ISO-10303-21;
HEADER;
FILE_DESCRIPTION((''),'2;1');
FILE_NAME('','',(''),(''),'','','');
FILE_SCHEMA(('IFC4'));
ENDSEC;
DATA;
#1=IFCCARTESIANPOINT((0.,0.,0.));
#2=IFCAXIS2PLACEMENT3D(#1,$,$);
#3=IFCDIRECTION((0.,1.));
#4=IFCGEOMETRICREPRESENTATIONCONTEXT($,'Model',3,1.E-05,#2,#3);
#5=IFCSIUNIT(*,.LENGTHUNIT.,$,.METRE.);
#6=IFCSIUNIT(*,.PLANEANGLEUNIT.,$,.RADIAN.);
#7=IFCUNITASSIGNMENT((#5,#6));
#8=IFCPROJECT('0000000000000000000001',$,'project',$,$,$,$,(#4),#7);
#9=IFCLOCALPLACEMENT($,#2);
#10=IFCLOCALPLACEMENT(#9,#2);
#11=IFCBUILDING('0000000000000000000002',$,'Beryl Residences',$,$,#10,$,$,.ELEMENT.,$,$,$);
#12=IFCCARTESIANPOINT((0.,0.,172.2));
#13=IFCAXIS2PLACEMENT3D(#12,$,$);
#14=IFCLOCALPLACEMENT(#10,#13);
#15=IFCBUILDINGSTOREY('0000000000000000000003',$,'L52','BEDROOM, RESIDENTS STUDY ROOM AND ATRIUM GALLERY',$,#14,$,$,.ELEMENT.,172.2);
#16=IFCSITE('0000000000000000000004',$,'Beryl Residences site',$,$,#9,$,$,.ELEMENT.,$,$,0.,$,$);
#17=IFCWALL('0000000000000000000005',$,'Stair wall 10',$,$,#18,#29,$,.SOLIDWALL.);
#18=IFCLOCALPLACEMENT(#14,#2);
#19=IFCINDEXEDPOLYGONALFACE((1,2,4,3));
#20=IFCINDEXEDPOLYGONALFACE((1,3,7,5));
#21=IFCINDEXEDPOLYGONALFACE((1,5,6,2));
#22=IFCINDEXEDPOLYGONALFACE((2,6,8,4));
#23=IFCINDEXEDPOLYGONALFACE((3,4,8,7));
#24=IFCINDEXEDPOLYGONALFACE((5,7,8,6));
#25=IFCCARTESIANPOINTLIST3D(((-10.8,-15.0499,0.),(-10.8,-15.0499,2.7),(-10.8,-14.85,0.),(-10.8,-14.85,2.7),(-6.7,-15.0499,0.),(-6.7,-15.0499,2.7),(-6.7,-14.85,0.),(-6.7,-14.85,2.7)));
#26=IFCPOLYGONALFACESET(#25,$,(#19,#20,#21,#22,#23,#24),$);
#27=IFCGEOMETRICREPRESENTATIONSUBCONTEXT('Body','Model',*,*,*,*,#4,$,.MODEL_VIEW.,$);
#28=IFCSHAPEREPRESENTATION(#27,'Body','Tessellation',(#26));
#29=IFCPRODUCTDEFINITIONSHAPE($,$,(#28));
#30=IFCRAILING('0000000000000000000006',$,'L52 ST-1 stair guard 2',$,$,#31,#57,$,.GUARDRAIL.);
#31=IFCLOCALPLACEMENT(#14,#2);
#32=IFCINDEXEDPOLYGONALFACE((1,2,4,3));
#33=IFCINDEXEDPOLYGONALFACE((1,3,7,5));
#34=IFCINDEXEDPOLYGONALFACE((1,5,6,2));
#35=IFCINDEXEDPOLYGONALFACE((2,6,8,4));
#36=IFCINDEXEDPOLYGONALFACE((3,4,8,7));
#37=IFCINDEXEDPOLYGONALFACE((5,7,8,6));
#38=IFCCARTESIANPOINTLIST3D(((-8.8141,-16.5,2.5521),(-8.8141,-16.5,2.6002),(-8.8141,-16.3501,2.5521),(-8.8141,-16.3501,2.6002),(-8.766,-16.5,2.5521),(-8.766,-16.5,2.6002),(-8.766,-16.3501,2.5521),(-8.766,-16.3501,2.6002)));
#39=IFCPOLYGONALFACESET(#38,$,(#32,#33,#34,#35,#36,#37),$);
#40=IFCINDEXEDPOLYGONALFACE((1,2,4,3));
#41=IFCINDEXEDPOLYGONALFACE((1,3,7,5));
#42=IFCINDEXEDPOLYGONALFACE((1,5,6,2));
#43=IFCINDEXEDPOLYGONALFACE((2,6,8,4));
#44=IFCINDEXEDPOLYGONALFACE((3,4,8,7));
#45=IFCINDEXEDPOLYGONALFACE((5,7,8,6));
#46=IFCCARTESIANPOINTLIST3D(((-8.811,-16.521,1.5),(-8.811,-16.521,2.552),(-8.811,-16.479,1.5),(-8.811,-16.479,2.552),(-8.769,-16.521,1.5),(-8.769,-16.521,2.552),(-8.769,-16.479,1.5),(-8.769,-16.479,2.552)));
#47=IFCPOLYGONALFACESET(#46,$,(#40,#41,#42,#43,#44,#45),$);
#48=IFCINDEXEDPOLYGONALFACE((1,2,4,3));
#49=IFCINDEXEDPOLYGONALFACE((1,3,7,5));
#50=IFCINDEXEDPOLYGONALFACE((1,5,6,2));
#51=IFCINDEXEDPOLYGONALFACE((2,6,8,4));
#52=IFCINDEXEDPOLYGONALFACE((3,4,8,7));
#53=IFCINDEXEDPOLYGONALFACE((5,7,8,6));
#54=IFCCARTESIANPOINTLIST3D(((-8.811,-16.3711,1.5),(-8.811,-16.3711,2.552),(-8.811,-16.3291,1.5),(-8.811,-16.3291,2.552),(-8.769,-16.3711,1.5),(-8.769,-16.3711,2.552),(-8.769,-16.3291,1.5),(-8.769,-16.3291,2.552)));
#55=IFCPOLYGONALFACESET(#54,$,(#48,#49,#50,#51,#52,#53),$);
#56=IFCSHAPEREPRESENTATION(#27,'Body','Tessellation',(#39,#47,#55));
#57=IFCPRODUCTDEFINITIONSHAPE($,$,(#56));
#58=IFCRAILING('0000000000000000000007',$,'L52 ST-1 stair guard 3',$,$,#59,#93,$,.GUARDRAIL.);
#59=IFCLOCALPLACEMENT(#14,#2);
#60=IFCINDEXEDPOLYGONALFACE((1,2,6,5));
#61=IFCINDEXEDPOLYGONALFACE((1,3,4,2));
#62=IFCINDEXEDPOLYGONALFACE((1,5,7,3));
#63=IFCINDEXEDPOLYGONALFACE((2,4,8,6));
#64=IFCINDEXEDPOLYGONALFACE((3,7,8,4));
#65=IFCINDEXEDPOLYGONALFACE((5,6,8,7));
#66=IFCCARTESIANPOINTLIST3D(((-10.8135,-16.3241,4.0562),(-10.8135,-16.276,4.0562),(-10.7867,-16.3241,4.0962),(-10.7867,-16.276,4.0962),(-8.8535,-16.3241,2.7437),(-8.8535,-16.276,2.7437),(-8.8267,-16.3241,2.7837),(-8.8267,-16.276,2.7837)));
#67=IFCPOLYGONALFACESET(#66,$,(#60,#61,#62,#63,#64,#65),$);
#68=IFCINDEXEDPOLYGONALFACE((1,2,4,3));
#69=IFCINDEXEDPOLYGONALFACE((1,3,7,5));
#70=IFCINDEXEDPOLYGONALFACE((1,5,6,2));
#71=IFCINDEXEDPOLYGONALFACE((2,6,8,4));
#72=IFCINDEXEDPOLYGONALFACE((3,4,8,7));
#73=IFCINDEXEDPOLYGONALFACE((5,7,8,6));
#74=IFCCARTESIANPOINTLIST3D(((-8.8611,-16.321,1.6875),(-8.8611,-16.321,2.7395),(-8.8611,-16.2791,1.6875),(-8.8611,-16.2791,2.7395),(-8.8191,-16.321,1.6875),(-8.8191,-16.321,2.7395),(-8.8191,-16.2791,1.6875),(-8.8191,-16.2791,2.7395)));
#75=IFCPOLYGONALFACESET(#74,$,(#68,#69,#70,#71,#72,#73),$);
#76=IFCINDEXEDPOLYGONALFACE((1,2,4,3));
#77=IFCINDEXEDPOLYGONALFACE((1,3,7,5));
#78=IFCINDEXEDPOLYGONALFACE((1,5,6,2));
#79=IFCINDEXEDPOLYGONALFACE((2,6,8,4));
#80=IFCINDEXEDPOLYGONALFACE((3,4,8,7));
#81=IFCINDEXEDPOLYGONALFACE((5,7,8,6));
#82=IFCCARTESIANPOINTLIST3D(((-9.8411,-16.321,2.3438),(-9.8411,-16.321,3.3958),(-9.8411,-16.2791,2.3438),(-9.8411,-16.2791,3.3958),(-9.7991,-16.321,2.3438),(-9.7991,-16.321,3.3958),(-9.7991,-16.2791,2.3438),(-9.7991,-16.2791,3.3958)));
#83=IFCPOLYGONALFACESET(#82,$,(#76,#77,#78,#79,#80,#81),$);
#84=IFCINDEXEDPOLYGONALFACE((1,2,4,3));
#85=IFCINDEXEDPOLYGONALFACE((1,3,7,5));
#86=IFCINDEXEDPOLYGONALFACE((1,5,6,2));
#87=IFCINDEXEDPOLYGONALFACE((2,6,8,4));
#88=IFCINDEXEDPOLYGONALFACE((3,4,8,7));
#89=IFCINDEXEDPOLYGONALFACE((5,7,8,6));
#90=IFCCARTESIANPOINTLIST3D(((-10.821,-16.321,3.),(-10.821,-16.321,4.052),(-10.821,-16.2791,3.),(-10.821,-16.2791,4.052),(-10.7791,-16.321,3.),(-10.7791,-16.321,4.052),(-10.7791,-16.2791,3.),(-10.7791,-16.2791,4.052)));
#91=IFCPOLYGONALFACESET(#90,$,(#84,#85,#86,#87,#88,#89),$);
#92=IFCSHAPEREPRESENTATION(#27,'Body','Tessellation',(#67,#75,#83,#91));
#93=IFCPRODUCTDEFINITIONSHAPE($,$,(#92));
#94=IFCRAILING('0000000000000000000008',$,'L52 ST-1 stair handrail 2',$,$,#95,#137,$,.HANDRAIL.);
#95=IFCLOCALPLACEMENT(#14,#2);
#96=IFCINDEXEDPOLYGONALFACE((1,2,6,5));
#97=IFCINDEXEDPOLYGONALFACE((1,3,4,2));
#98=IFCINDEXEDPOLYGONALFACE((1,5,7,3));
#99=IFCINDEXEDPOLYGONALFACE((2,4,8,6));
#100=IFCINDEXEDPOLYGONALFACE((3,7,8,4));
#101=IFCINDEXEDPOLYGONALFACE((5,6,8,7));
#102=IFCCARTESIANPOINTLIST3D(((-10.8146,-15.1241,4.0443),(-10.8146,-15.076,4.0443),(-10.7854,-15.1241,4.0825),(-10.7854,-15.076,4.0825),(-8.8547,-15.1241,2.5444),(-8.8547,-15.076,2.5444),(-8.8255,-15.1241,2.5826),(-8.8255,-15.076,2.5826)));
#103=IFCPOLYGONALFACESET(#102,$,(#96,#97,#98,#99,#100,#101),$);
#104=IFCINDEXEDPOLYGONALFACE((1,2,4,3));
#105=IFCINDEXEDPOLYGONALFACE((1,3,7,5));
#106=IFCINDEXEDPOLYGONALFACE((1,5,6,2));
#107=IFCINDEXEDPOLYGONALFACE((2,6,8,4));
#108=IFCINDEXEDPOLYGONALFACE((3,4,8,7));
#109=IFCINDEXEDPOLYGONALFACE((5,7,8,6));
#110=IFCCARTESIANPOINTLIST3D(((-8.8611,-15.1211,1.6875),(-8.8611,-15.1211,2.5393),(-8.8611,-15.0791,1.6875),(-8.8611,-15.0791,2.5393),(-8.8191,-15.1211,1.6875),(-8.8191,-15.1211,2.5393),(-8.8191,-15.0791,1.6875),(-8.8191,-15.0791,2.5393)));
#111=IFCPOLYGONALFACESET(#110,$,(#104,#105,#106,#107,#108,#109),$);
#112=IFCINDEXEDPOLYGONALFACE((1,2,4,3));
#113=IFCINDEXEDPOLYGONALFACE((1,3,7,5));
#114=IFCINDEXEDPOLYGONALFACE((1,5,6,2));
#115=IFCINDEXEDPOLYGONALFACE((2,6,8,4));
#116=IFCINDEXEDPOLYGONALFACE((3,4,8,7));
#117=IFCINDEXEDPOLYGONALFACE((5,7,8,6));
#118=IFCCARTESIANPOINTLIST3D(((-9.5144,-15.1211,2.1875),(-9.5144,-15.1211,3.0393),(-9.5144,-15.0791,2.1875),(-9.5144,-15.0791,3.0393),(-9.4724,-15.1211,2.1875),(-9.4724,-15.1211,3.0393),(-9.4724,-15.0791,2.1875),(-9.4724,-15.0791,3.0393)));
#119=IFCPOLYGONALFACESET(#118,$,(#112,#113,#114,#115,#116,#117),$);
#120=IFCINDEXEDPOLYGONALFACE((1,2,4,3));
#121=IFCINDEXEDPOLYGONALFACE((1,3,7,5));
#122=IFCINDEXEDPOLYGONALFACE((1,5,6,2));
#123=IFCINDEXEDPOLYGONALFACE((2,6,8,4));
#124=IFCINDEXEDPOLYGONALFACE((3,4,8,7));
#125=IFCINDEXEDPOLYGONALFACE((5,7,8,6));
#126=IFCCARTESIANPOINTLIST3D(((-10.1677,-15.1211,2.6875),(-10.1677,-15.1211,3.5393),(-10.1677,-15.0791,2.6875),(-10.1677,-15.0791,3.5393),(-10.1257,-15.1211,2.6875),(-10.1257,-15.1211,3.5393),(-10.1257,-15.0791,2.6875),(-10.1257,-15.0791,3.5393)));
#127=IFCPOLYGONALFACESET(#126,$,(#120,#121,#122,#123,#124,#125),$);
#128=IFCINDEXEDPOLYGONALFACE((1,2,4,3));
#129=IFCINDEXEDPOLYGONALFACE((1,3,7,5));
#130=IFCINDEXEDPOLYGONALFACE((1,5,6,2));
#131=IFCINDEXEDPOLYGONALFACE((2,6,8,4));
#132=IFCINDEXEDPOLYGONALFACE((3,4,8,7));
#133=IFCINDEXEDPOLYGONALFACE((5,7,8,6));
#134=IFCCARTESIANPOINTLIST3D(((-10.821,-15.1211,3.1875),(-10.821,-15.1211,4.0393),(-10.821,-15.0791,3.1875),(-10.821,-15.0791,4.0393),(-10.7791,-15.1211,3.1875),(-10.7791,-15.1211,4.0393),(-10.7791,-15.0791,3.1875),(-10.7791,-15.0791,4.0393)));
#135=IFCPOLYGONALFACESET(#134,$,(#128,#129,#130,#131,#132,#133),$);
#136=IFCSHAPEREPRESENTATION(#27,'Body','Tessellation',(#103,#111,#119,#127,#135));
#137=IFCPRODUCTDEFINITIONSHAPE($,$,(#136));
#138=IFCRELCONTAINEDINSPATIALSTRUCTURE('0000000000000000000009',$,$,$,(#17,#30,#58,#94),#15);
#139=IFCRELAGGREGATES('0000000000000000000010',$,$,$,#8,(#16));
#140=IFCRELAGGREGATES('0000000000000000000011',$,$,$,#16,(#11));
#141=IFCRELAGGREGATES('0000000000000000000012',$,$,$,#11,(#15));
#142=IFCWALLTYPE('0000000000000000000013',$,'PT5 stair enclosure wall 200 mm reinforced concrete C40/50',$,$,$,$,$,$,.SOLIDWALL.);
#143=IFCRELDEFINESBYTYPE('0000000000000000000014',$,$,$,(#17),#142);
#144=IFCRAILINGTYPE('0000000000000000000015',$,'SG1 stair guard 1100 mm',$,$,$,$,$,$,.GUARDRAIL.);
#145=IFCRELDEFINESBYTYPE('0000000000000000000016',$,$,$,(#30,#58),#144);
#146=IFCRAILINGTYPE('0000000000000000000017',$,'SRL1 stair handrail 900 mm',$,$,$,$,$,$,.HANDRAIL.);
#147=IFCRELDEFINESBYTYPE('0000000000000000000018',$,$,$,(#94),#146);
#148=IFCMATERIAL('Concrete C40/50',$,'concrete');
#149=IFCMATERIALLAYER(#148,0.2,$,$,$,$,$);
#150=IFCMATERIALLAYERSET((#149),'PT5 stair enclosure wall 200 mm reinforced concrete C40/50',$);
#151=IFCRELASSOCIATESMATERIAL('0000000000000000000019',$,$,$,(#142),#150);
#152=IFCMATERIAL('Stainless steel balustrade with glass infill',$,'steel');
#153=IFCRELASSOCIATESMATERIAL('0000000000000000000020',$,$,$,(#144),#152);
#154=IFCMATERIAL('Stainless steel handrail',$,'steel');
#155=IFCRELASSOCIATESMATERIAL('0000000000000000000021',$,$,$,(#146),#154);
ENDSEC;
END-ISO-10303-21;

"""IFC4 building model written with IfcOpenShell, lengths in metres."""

from ifc_helpers import new_model, si_unit, direction, frame, frame_2d, origin, origin_2d, place, context, subcontext, project, spatial, rectangle, extrude, material, layer, layer_set, type_object, element, save


model = new_model("IFC4")

# Units and contexts
model_context = context("Model", 3, precision=1e-05, world=origin(), true_north=direction((0.0, 1.0)))
body_context = subcontext(model_context, "Body", "Model", "MODEL_VIEW")
ifc_project = project(units=[si_unit("LENGTHUNIT", "METRE"), si_unit("PLANEANGLEUNIT", "RADIAN")], contexts=[model_context])

# Site, building, storey
site_placement = place(None, origin())
site = spatial("IfcSite", under=ifc_project, at=site_placement, Name="Beryl Residences site", CompositionType="ELEMENT", RefElevation=0.0)
building_placement = place(site_placement, origin())
building = spatial("IfcBuilding", under=site, at=building_placement, Name="Beryl Residences", CompositionType="ELEMENT")
storey_placement = place(building_placement, frame((0.0, 0.0, 172.2)))
storey = spatial("IfcBuildingStorey", under=building, at=storey_placement, Name="L52", Description="BEDROOM, RESIDENTS STUDY ROOM AND ATRIUM GALLERY", CompositionType="ELEMENT", Elevation=172.2)

# Wall
ifc_material_1 = material(Name="Concrete C40/50", Category="concrete")
ifc_layer_1 = layer(ifc_material_1, 0.2)
ifc_layer_set_1 = layer_set([ifc_layer_1], Name="PT5 stair enclosure wall 200 mm reinforced concrete C40/50")
wall_type_1 = type_object("IfcWallType", Name="PT5 stair enclosure wall 200 mm reinforced concrete C40/50", PredefinedType="SOLIDWALL", material=ifc_layer_set_1)
wall_1_placement = place(storey_placement, frame((-10.8, -14.95, 0.0), z_axis=(0.0, 0.0, 1.0), x_axis=(1.0, 0.0, 0.0)))
element("IfcWall", 1, at=wall_1_placement, inside=storey, type_object=wall_type_1, Name="Stair wall 10", PredefinedType="SOLIDWALL", context=body_context, shape_type="SweptSolid", body=[
    extrude(rectangle(XDim=4.1001, YDim=0.2, at=frame_2d((2.05, 0.0))), origin(), (0.0, 0.0, 1.0), 2.7),
])

# Railings
ifc_material_2 = material(Name="Stainless steel balustrade with glass infill", Category="steel")
railing_type_1 = type_object("IfcRailingType", Name="SG1 stair guard 1100 mm", PredefinedType="GUARDRAIL", material=ifc_material_2)
railing_1_placement = place(storey_placement, frame((-8.79, -16.5, 1.5)))
element("IfcRailing", 2, at=railing_1_placement, inside=storey, type_object=railing_type_1, Name="L52 ST-1 stair guard 2", PredefinedType="GUARDRAIL", context=body_context, shape_type="SweptSolid", body=[
    extrude(rectangle(XDim=0.0481, YDim=0.0481, at=origin_2d()), frame((0.0, 0.0, 1.0762), z_axis=(0.0, 1.0, 0.0), x_axis=(-1.0, 0.0, 0.0)), (0.0, 0.0, 1.0), 0.1499),
    extrude(rectangle(XDim=0.042, YDim=0.042, at=origin_2d()), origin(), (0.0, 0.0, 1.0), 1.052),
    extrude(rectangle(XDim=0.042, YDim=0.042, at=origin_2d()), frame((0.0, 0.1499, 0.0)), (0.0, 0.0, 1.0), 1.052),
])
railing_2_placement = place(storey_placement, frame((-8.8401, -16.3, 1.6875)))
element("IfcRailing", 3, at=railing_2_placement, inside=storey, type_object=railing_type_1, Name="L52 ST-1 stair guard 3", PredefinedType="GUARDRAIL", context=body_context, shape_type="SweptSolid", body=[
    extrude(rectangle(XDim=0.0481, YDim=0.0481, at=origin_2d()), frame((0.0, 0.0, 1.0762), z_axis=(-0.830902, 0.0, 0.556419), x_axis=(0.0, -1.0, 0.0)), (0.0, 0.0, 1.0), 2.3589),
    extrude(rectangle(XDim=0.042, YDim=0.042, at=origin_2d()), origin(), (0.0, 0.0, 1.0), 1.052),
    extrude(rectangle(XDim=0.042, YDim=0.042, at=origin_2d()), frame((-0.98, 0.0, 0.6562)), (0.0, 0.0, 1.0), 1.052),
    extrude(rectangle(XDim=0.042, YDim=0.042, at=origin_2d()), frame((-1.96, 0.0, 1.3125)), (0.0, 0.0, 1.0), 1.052),
])
ifc_material_3 = material(Name="Stainless steel handrail", Category="steel")
railing_type_2 = type_object("IfcRailingType", Name="SRL1 stair handrail 900 mm", PredefinedType="HANDRAIL", material=ifc_material_3)
railing_3_placement = place(storey_placement, frame((-8.8401, -15.1001, 1.6875)))
element("IfcRailing", 4, at=railing_3_placement, inside=storey, type_object=railing_type_2, Name="L52 ST-1 stair handrail 2", PredefinedType="HANDRAIL", context=body_context, shape_type="SweptSolid", body=[
    extrude(rectangle(XDim=0.0481, YDim=0.0481, at=origin_2d()), frame((0.0, 0.0, 0.876), z_axis=(-0.794122, 0.0, 0.607758), x_axis=(0.0, -1.0, 0.0)), (0.0, 0.0, 1.0), 2.468),
    extrude(rectangle(XDim=0.042, YDim=0.042, at=origin_2d()), origin(), (0.0, 0.0, 1.0), 0.8518),
    extrude(rectangle(XDim=0.042, YDim=0.042, at=origin_2d()), frame((-0.6533, 0.0, 0.5)), (0.0, 0.0, 1.0), 0.8518),
    extrude(rectangle(XDim=0.042, YDim=0.042, at=origin_2d()), frame((-1.3066, 0.0, 1.0)), (0.0, 0.0, 1.0), 0.8518),
    extrude(rectangle(XDim=0.042, YDim=0.042, at=origin_2d()), frame((-1.96, 0.0, 1.5)), (0.0, 0.0, 1.0), 0.8518),
])

save(model, "model.ifc")
